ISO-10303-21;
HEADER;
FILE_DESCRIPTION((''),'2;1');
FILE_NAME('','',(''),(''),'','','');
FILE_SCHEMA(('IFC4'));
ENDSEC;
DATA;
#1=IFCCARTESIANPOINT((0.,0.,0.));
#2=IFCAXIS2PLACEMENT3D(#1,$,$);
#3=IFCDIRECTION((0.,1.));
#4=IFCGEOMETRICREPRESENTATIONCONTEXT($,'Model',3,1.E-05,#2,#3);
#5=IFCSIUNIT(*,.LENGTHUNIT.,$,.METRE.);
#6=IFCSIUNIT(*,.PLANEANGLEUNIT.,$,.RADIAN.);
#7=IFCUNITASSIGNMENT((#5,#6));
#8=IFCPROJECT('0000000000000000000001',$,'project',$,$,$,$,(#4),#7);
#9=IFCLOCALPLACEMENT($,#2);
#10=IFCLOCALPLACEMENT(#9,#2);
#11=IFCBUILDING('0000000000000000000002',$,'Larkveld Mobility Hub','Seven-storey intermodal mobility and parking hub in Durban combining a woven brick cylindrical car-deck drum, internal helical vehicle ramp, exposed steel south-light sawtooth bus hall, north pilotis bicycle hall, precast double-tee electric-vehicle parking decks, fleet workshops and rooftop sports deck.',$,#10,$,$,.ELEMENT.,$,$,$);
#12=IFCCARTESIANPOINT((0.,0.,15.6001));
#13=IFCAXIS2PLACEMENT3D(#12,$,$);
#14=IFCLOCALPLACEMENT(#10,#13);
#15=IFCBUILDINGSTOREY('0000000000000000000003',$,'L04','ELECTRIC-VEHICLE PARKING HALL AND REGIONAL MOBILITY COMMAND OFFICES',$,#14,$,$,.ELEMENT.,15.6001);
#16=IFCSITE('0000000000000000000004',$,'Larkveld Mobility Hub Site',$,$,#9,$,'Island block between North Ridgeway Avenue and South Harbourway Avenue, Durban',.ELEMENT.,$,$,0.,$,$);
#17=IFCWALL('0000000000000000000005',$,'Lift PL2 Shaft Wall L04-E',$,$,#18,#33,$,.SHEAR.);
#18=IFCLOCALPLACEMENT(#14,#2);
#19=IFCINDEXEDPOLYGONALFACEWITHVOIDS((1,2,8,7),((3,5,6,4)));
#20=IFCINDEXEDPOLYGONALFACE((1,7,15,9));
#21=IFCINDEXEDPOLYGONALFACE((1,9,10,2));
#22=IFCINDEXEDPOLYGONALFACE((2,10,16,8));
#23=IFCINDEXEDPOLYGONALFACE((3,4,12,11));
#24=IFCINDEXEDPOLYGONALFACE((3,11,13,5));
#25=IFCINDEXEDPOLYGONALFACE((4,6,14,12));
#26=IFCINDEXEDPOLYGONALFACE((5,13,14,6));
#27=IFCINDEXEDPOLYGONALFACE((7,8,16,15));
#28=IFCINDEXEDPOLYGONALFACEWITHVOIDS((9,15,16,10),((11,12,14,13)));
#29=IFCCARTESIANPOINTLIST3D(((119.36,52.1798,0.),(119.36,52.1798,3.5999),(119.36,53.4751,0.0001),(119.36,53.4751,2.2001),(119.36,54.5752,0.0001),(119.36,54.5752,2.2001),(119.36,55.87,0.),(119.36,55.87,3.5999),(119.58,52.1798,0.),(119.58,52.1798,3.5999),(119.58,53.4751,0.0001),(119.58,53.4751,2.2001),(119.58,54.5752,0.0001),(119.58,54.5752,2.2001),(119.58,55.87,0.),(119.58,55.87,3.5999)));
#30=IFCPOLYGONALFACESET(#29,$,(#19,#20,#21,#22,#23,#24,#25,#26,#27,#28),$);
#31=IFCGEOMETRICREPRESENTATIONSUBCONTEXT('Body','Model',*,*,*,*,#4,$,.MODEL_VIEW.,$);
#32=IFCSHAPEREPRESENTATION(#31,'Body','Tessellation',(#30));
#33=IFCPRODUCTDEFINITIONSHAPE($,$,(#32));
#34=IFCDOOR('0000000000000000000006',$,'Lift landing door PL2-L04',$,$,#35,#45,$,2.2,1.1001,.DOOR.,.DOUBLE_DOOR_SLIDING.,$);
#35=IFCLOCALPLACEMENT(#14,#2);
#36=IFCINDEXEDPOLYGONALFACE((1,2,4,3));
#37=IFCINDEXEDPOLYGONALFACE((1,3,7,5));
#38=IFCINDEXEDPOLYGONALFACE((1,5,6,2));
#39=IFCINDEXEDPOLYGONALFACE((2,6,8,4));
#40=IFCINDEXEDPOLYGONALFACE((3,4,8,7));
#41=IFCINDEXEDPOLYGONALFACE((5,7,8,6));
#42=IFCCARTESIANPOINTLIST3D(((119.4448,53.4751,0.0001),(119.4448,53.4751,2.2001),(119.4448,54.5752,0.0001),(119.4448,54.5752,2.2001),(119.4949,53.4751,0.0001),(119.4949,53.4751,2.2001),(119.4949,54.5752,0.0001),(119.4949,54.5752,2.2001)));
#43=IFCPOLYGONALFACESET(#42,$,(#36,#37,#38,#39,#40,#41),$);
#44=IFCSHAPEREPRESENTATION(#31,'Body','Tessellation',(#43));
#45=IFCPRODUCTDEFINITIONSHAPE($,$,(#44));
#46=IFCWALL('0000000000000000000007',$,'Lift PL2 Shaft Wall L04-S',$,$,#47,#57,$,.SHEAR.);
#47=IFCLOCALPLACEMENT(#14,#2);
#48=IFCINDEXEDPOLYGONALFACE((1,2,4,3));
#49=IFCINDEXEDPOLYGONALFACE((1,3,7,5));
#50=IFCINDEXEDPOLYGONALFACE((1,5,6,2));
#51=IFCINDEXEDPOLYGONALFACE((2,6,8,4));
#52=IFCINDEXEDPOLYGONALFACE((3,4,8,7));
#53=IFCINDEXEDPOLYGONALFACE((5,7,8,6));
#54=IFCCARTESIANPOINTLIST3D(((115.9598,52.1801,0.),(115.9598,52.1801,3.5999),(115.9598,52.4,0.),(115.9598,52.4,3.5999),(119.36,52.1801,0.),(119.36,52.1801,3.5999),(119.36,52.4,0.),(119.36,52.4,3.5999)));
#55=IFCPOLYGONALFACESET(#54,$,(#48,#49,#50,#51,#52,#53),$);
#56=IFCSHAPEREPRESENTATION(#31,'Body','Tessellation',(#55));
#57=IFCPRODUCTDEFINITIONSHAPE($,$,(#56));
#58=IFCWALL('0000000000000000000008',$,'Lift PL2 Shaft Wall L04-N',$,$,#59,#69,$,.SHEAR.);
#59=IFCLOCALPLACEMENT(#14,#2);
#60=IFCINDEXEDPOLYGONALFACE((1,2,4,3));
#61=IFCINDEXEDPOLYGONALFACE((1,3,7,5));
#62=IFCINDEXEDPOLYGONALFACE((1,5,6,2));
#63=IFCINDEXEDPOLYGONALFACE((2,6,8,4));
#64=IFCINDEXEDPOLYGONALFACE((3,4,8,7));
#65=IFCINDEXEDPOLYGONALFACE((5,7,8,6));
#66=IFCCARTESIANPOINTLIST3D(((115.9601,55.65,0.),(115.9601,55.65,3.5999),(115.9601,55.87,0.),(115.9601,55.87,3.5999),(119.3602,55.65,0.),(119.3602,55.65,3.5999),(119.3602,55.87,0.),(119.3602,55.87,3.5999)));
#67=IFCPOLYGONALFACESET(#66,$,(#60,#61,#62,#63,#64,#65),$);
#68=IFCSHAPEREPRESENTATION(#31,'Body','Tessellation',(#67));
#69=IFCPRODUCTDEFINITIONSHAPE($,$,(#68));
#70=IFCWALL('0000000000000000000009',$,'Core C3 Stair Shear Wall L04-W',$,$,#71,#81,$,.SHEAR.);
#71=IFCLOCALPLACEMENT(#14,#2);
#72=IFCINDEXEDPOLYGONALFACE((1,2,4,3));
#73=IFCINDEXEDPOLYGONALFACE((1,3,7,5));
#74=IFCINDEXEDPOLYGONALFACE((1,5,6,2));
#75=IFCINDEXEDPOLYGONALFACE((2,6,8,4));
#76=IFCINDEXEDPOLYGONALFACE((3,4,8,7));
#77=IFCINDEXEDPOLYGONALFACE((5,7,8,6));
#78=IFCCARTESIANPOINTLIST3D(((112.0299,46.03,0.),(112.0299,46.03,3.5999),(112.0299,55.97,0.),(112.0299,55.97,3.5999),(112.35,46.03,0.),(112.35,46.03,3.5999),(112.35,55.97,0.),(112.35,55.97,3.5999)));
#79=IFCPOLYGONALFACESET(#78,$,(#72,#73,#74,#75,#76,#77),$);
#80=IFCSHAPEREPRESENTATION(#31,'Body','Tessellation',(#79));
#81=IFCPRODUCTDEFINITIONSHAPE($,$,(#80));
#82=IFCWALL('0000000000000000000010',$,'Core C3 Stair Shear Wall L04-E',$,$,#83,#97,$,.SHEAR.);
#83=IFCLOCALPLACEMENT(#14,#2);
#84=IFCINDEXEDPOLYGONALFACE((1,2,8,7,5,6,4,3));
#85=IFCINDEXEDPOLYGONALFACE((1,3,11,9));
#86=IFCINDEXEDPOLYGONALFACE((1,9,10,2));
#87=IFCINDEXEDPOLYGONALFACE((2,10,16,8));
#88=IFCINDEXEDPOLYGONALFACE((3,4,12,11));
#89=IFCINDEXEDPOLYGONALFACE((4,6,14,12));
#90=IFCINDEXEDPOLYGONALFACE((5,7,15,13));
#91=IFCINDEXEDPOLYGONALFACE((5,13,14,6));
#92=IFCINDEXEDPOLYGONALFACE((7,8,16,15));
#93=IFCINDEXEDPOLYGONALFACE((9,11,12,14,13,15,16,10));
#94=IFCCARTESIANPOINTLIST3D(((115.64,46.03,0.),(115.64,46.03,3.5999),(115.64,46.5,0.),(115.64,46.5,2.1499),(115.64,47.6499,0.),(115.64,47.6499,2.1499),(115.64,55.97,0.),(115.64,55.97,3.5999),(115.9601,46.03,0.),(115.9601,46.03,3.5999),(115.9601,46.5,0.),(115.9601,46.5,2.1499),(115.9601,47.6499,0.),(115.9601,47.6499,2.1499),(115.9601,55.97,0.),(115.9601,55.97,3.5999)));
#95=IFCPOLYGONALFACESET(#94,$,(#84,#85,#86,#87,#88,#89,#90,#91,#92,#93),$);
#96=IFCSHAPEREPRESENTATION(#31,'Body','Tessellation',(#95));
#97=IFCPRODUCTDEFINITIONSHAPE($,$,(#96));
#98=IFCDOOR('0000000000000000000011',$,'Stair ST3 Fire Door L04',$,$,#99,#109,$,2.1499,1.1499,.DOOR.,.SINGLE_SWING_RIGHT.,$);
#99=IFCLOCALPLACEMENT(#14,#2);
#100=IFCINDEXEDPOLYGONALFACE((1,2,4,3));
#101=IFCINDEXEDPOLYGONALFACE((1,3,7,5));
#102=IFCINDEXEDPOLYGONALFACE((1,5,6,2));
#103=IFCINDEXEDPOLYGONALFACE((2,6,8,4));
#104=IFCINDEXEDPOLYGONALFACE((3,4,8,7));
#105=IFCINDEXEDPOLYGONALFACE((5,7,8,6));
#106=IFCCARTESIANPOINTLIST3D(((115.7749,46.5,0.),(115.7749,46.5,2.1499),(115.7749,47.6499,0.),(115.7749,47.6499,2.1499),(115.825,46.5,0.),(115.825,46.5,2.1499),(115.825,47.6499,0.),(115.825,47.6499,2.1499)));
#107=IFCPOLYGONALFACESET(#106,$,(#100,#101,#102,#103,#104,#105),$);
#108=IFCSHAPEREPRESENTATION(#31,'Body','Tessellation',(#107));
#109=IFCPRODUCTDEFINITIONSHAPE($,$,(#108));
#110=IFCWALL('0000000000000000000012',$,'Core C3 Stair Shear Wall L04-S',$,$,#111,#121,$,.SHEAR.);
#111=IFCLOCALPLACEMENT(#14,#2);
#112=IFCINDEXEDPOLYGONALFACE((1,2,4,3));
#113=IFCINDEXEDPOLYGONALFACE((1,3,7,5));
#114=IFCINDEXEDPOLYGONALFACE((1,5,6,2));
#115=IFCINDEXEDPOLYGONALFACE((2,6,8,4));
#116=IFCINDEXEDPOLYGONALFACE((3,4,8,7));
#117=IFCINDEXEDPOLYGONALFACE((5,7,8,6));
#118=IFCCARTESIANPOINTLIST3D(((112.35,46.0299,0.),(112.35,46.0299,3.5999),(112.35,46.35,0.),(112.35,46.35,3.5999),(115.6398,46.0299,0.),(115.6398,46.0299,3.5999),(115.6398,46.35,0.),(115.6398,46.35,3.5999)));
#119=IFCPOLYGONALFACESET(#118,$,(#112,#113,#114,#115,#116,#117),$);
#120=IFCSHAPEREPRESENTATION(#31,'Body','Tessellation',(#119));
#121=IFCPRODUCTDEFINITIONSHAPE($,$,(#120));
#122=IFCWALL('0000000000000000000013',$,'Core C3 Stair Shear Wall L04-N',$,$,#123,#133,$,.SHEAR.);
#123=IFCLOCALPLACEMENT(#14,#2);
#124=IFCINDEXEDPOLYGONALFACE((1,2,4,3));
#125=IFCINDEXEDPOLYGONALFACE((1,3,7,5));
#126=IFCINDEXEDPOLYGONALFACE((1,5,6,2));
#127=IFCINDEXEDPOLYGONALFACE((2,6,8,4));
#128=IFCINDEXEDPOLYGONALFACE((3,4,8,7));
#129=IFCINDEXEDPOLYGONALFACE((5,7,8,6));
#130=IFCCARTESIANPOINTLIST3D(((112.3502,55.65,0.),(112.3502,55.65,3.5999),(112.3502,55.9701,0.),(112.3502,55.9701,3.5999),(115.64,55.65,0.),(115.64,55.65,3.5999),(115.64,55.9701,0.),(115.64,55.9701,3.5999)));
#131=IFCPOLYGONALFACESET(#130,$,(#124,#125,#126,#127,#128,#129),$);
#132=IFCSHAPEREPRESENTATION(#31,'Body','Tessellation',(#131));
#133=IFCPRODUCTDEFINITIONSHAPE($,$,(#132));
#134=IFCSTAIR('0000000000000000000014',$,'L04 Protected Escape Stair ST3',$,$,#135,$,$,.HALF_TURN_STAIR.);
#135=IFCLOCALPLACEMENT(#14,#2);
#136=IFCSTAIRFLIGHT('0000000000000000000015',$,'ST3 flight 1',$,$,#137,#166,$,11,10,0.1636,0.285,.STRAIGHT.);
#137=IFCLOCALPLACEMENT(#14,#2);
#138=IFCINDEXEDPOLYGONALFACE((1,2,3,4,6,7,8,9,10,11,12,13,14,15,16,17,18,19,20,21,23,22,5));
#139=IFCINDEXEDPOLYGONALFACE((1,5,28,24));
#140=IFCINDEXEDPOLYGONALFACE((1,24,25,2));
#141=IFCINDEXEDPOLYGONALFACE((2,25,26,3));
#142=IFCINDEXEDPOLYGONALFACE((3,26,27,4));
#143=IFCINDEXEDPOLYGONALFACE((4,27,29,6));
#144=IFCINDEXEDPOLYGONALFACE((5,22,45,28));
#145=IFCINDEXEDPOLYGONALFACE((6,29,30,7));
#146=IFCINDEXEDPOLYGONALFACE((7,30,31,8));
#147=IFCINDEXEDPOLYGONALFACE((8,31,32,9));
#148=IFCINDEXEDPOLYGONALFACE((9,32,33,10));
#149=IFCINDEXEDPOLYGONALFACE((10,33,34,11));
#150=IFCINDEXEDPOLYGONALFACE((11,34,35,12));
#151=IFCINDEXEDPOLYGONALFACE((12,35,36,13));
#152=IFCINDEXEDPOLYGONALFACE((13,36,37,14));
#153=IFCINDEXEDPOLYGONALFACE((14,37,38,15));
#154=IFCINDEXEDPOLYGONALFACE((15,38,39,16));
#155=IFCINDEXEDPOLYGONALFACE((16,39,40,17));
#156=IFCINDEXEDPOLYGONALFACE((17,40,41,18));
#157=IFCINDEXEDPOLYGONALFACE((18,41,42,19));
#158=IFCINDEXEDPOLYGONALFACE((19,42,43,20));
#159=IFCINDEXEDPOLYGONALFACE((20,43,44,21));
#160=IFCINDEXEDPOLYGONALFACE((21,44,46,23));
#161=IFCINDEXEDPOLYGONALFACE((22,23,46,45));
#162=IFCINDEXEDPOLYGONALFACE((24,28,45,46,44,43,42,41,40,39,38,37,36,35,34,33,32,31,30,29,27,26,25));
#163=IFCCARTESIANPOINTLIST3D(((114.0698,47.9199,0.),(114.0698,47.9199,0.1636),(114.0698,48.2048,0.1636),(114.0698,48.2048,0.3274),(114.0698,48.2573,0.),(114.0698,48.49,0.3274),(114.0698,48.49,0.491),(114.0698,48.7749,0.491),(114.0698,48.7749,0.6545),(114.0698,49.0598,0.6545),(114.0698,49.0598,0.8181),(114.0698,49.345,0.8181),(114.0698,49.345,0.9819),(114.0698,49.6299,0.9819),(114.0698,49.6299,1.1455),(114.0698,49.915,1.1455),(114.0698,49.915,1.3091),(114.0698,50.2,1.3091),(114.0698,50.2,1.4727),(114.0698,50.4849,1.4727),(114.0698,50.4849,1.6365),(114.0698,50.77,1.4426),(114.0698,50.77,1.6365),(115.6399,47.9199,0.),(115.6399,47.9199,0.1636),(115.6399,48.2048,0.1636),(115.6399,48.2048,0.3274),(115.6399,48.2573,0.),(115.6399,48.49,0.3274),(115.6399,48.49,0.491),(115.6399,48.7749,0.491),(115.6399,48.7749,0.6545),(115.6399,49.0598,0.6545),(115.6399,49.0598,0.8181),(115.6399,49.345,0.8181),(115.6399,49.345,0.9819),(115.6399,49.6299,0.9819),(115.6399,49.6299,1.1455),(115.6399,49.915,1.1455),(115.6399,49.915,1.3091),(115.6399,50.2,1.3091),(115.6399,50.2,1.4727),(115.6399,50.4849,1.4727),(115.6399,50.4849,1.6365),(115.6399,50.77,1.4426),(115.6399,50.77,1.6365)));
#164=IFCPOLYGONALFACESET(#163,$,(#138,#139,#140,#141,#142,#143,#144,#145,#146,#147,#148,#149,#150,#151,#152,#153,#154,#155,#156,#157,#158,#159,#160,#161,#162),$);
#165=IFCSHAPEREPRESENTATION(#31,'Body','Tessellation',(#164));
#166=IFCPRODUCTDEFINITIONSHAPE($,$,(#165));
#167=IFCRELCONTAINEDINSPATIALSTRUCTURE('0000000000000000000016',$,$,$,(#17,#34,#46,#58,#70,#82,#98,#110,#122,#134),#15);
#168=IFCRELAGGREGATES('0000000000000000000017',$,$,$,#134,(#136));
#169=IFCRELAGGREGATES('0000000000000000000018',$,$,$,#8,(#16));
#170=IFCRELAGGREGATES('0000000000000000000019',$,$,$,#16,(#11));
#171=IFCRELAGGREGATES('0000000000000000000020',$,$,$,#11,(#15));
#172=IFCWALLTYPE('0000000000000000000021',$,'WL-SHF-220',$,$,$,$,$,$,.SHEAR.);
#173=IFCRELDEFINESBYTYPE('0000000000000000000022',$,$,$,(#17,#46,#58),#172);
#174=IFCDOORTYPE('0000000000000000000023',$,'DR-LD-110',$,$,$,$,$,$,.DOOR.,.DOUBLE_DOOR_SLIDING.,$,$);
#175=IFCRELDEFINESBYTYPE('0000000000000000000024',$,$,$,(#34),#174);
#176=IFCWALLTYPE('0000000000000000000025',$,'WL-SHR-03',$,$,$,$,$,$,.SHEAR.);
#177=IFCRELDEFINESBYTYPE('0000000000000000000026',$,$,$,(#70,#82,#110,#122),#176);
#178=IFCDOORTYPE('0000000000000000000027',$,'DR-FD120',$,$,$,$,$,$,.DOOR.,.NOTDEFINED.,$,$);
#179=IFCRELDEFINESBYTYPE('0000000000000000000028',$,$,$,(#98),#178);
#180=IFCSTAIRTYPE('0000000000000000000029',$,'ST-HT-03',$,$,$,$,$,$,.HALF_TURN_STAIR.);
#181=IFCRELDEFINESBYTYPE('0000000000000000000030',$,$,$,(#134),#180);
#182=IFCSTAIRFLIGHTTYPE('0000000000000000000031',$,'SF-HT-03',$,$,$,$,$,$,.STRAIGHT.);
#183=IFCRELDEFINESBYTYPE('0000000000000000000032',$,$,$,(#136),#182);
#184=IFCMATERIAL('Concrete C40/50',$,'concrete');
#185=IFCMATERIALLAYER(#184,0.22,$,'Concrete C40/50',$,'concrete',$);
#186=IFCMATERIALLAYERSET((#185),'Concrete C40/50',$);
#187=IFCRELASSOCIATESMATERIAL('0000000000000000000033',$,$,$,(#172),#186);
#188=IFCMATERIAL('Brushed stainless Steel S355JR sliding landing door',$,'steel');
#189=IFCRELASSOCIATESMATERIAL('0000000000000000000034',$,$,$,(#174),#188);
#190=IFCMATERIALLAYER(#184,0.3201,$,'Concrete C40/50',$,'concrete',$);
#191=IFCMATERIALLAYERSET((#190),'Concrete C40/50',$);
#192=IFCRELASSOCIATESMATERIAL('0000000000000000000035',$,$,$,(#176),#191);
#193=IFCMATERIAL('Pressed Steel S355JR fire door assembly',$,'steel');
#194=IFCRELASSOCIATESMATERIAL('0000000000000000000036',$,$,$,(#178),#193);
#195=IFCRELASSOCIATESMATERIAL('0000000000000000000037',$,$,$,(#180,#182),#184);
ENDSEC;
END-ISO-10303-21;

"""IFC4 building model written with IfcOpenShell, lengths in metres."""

from ifc_helpers import new_model, si_unit, direction, frame, frame_2d, origin, place, context, subcontext, project, spatial, polyline, rectangle, outline, extrude, material, layer, layer_set, type_object, element, fill, aggregate, save


model = new_model("IFC4")

# Units and contexts
model_context = context("Model", 3, precision=1e-05, world=origin(), true_north=direction((0.0, 1.0)))
body_context = subcontext(model_context, "Body", "Model", "MODEL_VIEW")
ifc_project = project(units=[si_unit("LENGTHUNIT", "METRE"), si_unit("PLANEANGLEUNIT", "RADIAN")], contexts=[model_context])

# Site, building, storey
site_placement = place(None, origin())
site = spatial("IfcSite", under=ifc_project, at=site_placement, Name="Larkveld Mobility Hub Site", LongName="Island block between North Ridgeway Avenue and South Harbourway Avenue, Durban", CompositionType="ELEMENT", RefElevation=0.0)
building_placement = place(site_placement, origin())
building = spatial("IfcBuilding", under=site, at=building_placement, Name="Larkveld Mobility Hub", Description="Seven-storey intermodal mobility and parking hub in Durban combining a woven brick cylindrical car-deck drum, internal helical vehicle ramp, exposed steel south-light sawtooth bus hall, north pilotis bicycle hall, precast double-tee electric-vehicle parking decks, fleet workshops and rooftop sports deck.", CompositionType="ELEMENT")
storey_placement = place(building_placement, frame((0.0, 0.0, 15.6001)))
storey = spatial("IfcBuildingStorey", under=building, at=storey_placement, Name="L04", Description="ELECTRIC-VEHICLE PARKING HALL AND REGIONAL MOBILITY COMMAND OFFICES", CompositionType="ELEMENT", Elevation=15.6001)

# Shared definitions
ifc_material_1 = material(Name="Concrete C40/50", Category="concrete")

# Wall, opening, door
ifc_layer_1 = layer(ifc_material_1, 0.22, Name="Concrete C40/50", Category="concrete")
ifc_layer_set_1 = layer_set([ifc_layer_1], Name="Concrete C40/50")
wall_type_1 = type_object("IfcWallType", Name="WL-SHF-220", PredefinedType="SHEAR", material=ifc_layer_set_1)
wall_1_placement = place(storey_placement, frame((119.47, 55.8701, 0.0), z_axis=(0.0, 0.0, 1.0), x_axis=(0.0, -1.0, 0.0)))
wall_1 = element("IfcWall", 1, at=wall_1_placement, inside=storey, type_object=wall_type_1, Name="Lift PL2 Shaft Wall L04-E", PredefinedType="SHEAR", context=body_context, shape_type="SweptSolid", body=[
    extrude(rectangle(XDim=3.6902, YDim=0.22, at=frame_2d((1.8452, 0.0))), origin(), (0.0, 0.0, 1.0), 3.5999),
])
opening_1_placement = place(wall_1_placement, frame((1.2949, 0.0, 0.0)))
opening_1 = element("IfcOpeningElement", 2, at=opening_1_placement, cuts=wall_1, PredefinedType="OPENING", context=body_context, shape_type="SweptSolid", body=[
    extrude(rectangle(XDim=1.1001, YDim=2.2, at=frame_2d((0.55, 1.1001))), frame((0.0, 0.1201, 0.0), z_axis=(0.0, -1.0, 0.0), x_axis=(1.0, 0.0, 0.0)), (0.0, 0.0, 1.0), 0.24),
])
ifc_material_2 = material(Name="Brushed stainless Steel S355JR sliding landing door", Category="steel")
door_type_1 = type_object("IfcDoorType", Name="DR-LD-110", OperationType="DOUBLE_DOOR_SLIDING", PredefinedType="DOOR", material=ifc_material_2)
door_1_placement = place(opening_1_placement, origin())
door_1 = element("IfcDoor", 3, at=door_1_placement, inside=storey, type_object=door_type_1, Name="Lift landing door PL2-L04", OperationType="DOUBLE_DOOR_SLIDING", OverallHeight=2.2, OverallWidth=1.1001, PredefinedType="DOOR", context=body_context, shape_type="SweptSolid", body=[
    extrude(rectangle(XDim=1.1001, YDim=2.2, at=frame_2d((0.55, 1.1001))), frame((0.0, 0.0249, 0.0), z_axis=(0.0, -1.0, 0.0), x_axis=(1.0, 0.0, 0.0)), (0.0, 0.0, 1.0), 0.05),
])
fill(opening_1, door_1)

# Walls
for number, where, z_axis, x_axis, name in (
    (4, (119.3601, 52.29, 0.0), (0.0, 0.0, 1.0), (-1.0, 0.0, 0.0), "Lift PL2 Shaft Wall L04-S"),
    (5, (115.96, 55.76, 0.0), (0.0, 0.0, 1.0), (1.0, 0.0, 0.0), "Lift PL2 Shaft Wall L04-N"),
):
    element("IfcWall", number, at=place(storey_placement, frame(where, z_axis=z_axis, x_axis=x_axis)), inside=storey, type_object=wall_type_1, Name=name, PredefinedType="SHEAR", context=body_context, shape_type="SweptSolid", body=[
        extrude(rectangle(XDim=3.4001, YDim=0.22, at=frame_2d((1.7002, 0.0))), origin(), (0.0, 0.0, 1.0), 3.5999),
    ])
ifc_layer_2 = layer(ifc_material_1, 0.3201, Name="Concrete C40/50", Category="concrete")
ifc_layer_set_2 = layer_set([ifc_layer_2], Name="Concrete C40/50")
wall_type_2 = type_object("IfcWallType", Name="WL-SHR-03", PredefinedType="SHEAR", material=ifc_layer_set_2)
wall_2_placement = place(storey_placement, frame((112.1899, 46.03, 0.0), z_axis=(0.0, 0.0, 1.0), x_axis=(0.0, 1.0, 0.0)))
element("IfcWall", 6, at=wall_2_placement, inside=storey, type_object=wall_type_2, Name="Core C3 Stair Shear Wall L04-W", PredefinedType="SHEAR", context=body_context, shape_type="SweptSolid", body=[
    extrude(rectangle(XDim=9.9399, YDim=0.3201, at=frame_2d((4.97, 0.0))), origin(), (0.0, 0.0, 1.0), 3.5999),
])

# Wall, opening, door
wall_3_placement = place(storey_placement, frame((115.8, 55.97, 0.0), z_axis=(0.0, 0.0, 1.0), x_axis=(0.0, -1.0, 0.0)))
wall_3 = element("IfcWall", 7, at=wall_3_placement, inside=storey, type_object=wall_type_2, Name="Core C3 Stair Shear Wall L04-E", PredefinedType="SHEAR", context=body_context, shape_type="SweptSolid", body=[
    extrude(rectangle(XDim=9.9399, YDim=0.3201, at=frame_2d((4.97, 0.0))), origin(), (0.0, 0.0, 1.0), 3.5999),
])
opening_2_placement = place(wall_3_placement, frame((8.3201, 0.0, 0.0)))
opening_2 = element("IfcOpeningElement", 8, at=opening_2_placement, cuts=wall_3, PredefinedType="OPENING", context=body_context, shape_type="SweptSolid", body=[
    extrude(rectangle(XDim=1.1499, YDim=2.1499, at=frame_2d((0.575, 1.075))), frame((0.0, 0.1699, 0.0), z_axis=(0.0, -1.0, 0.0), x_axis=(1.0, 0.0, 0.0)), (0.0, 0.0, 1.0), 0.3401),
])
ifc_material_3 = material(Name="Pressed Steel S355JR fire door assembly", Category="steel")
door_type_2 = type_object("IfcDoorType", Name="DR-FD120", OperationType="NOTDEFINED", PredefinedType="DOOR", material=ifc_material_3)
door_2_placement = place(opening_2_placement, origin())
door_2 = element("IfcDoor", 9, at=door_2_placement, inside=storey, type_object=door_type_2, Name="Stair ST3 Fire Door L04", OperationType="SINGLE_SWING_RIGHT", OverallHeight=2.1499, OverallWidth=1.1499, PredefinedType="DOOR", context=body_context, shape_type="SweptSolid", body=[
    extrude(rectangle(XDim=1.1499, YDim=2.1499, at=frame_2d((0.575, 1.075))), frame((0.0, 0.0249, 0.0), z_axis=(0.0, -1.0, 0.0), x_axis=(1.0, 0.0, 0.0)), (0.0, 0.0, 1.0), 0.05),
])
fill(opening_2, door_2)

# Walls
for number, where, z_axis, x_axis, name in (
    (10, (115.6399, 46.1899, 0.0), (0.0, 0.0, 1.0), (-1.0, 0.0, 0.0), "Core C3 Stair Shear Wall L04-S"),
    (11, (112.3501, 55.8101, 0.0), (0.0, 0.0, 1.0), (1.0, 0.0, 0.0), "Core C3 Stair Shear Wall L04-N"),
):
    element("IfcWall", number, at=place(storey_placement, frame(where, z_axis=z_axis, x_axis=x_axis)), inside=storey, type_object=wall_type_2, Name=name, PredefinedType="SHEAR", context=body_context, shape_type="SweptSolid", body=[
        extrude(rectangle(XDim=3.2898, YDim=0.3201, at=frame_2d((1.645, 0.0))), origin(), (0.0, 0.0, 1.0), 3.5999),
    ])

# Stair, stair flight
stair_type = type_object("IfcStairType", Name="ST-HT-03", PredefinedType="HALF_TURN_STAIR", material=ifc_material_1)
stair_placement = place(storey_placement, origin())
stair = element("IfcStair", 12, at=stair_placement, inside=storey, type_object=stair_type, Name="L04 Protected Escape Stair ST3", PredefinedType="HALF_TURN_STAIR")
stair_flight_type = type_object("IfcStairFlightType", Name="SF-HT-03", PredefinedType="STRAIGHT", material=ifc_material_1)
stair_flight_1_placement = place(storey_placement, frame((114.855, 47.9199, 0.0), z_axis=(0.0, 0.0, 1.0), x_axis=(0.0, 1.0, 0.0)))
stair_flight_1 = element("IfcStairFlight", 13, at=stair_flight_1_placement, type_object=stair_flight_type, Name="ST3 flight 1", NumberOfRisers=11, NumberOfTreads=10, PredefinedType="STRAIGHT", RiserHeight=0.1636, TreadLength=0.285, context=body_context, shape_type="SweptSolid", body=[
    extrude(outline(polyline([(0.0, 0.0), (0.0, 0.1636), (0.2849, 0.1636), (0.2849, 0.3274), (0.5701, 0.3274), (0.5701, 0.491), (0.855, 0.491), (0.855, 0.6545), (1.1399, 0.6545), (1.1399, 0.8181), (1.425, 0.8181), (1.425, 0.9819), (1.71, 0.9819), (1.71, 1.1455), (1.9951, 1.1455), (1.9951, 1.3091), (2.28, 1.3091), (2.28, 1.4727), (2.5649, 1.4727), (2.5649, 1.6365), (2.8501, 1.6365), (2.8501, 1.8), (2.8501, 1.4426), (0.3374, 0.0), (0.0, 0.0)])), frame((0.0, 0.7852, 0.0), z_axis=(0.0, -1.0, 0.0), x_axis=(1.0, 0.0, 0.0)), (0.0, 0.0, 1.0), 1.5701),
])
aggregate(stair, [stair_flight_1])

save(model, "model.ifc")
